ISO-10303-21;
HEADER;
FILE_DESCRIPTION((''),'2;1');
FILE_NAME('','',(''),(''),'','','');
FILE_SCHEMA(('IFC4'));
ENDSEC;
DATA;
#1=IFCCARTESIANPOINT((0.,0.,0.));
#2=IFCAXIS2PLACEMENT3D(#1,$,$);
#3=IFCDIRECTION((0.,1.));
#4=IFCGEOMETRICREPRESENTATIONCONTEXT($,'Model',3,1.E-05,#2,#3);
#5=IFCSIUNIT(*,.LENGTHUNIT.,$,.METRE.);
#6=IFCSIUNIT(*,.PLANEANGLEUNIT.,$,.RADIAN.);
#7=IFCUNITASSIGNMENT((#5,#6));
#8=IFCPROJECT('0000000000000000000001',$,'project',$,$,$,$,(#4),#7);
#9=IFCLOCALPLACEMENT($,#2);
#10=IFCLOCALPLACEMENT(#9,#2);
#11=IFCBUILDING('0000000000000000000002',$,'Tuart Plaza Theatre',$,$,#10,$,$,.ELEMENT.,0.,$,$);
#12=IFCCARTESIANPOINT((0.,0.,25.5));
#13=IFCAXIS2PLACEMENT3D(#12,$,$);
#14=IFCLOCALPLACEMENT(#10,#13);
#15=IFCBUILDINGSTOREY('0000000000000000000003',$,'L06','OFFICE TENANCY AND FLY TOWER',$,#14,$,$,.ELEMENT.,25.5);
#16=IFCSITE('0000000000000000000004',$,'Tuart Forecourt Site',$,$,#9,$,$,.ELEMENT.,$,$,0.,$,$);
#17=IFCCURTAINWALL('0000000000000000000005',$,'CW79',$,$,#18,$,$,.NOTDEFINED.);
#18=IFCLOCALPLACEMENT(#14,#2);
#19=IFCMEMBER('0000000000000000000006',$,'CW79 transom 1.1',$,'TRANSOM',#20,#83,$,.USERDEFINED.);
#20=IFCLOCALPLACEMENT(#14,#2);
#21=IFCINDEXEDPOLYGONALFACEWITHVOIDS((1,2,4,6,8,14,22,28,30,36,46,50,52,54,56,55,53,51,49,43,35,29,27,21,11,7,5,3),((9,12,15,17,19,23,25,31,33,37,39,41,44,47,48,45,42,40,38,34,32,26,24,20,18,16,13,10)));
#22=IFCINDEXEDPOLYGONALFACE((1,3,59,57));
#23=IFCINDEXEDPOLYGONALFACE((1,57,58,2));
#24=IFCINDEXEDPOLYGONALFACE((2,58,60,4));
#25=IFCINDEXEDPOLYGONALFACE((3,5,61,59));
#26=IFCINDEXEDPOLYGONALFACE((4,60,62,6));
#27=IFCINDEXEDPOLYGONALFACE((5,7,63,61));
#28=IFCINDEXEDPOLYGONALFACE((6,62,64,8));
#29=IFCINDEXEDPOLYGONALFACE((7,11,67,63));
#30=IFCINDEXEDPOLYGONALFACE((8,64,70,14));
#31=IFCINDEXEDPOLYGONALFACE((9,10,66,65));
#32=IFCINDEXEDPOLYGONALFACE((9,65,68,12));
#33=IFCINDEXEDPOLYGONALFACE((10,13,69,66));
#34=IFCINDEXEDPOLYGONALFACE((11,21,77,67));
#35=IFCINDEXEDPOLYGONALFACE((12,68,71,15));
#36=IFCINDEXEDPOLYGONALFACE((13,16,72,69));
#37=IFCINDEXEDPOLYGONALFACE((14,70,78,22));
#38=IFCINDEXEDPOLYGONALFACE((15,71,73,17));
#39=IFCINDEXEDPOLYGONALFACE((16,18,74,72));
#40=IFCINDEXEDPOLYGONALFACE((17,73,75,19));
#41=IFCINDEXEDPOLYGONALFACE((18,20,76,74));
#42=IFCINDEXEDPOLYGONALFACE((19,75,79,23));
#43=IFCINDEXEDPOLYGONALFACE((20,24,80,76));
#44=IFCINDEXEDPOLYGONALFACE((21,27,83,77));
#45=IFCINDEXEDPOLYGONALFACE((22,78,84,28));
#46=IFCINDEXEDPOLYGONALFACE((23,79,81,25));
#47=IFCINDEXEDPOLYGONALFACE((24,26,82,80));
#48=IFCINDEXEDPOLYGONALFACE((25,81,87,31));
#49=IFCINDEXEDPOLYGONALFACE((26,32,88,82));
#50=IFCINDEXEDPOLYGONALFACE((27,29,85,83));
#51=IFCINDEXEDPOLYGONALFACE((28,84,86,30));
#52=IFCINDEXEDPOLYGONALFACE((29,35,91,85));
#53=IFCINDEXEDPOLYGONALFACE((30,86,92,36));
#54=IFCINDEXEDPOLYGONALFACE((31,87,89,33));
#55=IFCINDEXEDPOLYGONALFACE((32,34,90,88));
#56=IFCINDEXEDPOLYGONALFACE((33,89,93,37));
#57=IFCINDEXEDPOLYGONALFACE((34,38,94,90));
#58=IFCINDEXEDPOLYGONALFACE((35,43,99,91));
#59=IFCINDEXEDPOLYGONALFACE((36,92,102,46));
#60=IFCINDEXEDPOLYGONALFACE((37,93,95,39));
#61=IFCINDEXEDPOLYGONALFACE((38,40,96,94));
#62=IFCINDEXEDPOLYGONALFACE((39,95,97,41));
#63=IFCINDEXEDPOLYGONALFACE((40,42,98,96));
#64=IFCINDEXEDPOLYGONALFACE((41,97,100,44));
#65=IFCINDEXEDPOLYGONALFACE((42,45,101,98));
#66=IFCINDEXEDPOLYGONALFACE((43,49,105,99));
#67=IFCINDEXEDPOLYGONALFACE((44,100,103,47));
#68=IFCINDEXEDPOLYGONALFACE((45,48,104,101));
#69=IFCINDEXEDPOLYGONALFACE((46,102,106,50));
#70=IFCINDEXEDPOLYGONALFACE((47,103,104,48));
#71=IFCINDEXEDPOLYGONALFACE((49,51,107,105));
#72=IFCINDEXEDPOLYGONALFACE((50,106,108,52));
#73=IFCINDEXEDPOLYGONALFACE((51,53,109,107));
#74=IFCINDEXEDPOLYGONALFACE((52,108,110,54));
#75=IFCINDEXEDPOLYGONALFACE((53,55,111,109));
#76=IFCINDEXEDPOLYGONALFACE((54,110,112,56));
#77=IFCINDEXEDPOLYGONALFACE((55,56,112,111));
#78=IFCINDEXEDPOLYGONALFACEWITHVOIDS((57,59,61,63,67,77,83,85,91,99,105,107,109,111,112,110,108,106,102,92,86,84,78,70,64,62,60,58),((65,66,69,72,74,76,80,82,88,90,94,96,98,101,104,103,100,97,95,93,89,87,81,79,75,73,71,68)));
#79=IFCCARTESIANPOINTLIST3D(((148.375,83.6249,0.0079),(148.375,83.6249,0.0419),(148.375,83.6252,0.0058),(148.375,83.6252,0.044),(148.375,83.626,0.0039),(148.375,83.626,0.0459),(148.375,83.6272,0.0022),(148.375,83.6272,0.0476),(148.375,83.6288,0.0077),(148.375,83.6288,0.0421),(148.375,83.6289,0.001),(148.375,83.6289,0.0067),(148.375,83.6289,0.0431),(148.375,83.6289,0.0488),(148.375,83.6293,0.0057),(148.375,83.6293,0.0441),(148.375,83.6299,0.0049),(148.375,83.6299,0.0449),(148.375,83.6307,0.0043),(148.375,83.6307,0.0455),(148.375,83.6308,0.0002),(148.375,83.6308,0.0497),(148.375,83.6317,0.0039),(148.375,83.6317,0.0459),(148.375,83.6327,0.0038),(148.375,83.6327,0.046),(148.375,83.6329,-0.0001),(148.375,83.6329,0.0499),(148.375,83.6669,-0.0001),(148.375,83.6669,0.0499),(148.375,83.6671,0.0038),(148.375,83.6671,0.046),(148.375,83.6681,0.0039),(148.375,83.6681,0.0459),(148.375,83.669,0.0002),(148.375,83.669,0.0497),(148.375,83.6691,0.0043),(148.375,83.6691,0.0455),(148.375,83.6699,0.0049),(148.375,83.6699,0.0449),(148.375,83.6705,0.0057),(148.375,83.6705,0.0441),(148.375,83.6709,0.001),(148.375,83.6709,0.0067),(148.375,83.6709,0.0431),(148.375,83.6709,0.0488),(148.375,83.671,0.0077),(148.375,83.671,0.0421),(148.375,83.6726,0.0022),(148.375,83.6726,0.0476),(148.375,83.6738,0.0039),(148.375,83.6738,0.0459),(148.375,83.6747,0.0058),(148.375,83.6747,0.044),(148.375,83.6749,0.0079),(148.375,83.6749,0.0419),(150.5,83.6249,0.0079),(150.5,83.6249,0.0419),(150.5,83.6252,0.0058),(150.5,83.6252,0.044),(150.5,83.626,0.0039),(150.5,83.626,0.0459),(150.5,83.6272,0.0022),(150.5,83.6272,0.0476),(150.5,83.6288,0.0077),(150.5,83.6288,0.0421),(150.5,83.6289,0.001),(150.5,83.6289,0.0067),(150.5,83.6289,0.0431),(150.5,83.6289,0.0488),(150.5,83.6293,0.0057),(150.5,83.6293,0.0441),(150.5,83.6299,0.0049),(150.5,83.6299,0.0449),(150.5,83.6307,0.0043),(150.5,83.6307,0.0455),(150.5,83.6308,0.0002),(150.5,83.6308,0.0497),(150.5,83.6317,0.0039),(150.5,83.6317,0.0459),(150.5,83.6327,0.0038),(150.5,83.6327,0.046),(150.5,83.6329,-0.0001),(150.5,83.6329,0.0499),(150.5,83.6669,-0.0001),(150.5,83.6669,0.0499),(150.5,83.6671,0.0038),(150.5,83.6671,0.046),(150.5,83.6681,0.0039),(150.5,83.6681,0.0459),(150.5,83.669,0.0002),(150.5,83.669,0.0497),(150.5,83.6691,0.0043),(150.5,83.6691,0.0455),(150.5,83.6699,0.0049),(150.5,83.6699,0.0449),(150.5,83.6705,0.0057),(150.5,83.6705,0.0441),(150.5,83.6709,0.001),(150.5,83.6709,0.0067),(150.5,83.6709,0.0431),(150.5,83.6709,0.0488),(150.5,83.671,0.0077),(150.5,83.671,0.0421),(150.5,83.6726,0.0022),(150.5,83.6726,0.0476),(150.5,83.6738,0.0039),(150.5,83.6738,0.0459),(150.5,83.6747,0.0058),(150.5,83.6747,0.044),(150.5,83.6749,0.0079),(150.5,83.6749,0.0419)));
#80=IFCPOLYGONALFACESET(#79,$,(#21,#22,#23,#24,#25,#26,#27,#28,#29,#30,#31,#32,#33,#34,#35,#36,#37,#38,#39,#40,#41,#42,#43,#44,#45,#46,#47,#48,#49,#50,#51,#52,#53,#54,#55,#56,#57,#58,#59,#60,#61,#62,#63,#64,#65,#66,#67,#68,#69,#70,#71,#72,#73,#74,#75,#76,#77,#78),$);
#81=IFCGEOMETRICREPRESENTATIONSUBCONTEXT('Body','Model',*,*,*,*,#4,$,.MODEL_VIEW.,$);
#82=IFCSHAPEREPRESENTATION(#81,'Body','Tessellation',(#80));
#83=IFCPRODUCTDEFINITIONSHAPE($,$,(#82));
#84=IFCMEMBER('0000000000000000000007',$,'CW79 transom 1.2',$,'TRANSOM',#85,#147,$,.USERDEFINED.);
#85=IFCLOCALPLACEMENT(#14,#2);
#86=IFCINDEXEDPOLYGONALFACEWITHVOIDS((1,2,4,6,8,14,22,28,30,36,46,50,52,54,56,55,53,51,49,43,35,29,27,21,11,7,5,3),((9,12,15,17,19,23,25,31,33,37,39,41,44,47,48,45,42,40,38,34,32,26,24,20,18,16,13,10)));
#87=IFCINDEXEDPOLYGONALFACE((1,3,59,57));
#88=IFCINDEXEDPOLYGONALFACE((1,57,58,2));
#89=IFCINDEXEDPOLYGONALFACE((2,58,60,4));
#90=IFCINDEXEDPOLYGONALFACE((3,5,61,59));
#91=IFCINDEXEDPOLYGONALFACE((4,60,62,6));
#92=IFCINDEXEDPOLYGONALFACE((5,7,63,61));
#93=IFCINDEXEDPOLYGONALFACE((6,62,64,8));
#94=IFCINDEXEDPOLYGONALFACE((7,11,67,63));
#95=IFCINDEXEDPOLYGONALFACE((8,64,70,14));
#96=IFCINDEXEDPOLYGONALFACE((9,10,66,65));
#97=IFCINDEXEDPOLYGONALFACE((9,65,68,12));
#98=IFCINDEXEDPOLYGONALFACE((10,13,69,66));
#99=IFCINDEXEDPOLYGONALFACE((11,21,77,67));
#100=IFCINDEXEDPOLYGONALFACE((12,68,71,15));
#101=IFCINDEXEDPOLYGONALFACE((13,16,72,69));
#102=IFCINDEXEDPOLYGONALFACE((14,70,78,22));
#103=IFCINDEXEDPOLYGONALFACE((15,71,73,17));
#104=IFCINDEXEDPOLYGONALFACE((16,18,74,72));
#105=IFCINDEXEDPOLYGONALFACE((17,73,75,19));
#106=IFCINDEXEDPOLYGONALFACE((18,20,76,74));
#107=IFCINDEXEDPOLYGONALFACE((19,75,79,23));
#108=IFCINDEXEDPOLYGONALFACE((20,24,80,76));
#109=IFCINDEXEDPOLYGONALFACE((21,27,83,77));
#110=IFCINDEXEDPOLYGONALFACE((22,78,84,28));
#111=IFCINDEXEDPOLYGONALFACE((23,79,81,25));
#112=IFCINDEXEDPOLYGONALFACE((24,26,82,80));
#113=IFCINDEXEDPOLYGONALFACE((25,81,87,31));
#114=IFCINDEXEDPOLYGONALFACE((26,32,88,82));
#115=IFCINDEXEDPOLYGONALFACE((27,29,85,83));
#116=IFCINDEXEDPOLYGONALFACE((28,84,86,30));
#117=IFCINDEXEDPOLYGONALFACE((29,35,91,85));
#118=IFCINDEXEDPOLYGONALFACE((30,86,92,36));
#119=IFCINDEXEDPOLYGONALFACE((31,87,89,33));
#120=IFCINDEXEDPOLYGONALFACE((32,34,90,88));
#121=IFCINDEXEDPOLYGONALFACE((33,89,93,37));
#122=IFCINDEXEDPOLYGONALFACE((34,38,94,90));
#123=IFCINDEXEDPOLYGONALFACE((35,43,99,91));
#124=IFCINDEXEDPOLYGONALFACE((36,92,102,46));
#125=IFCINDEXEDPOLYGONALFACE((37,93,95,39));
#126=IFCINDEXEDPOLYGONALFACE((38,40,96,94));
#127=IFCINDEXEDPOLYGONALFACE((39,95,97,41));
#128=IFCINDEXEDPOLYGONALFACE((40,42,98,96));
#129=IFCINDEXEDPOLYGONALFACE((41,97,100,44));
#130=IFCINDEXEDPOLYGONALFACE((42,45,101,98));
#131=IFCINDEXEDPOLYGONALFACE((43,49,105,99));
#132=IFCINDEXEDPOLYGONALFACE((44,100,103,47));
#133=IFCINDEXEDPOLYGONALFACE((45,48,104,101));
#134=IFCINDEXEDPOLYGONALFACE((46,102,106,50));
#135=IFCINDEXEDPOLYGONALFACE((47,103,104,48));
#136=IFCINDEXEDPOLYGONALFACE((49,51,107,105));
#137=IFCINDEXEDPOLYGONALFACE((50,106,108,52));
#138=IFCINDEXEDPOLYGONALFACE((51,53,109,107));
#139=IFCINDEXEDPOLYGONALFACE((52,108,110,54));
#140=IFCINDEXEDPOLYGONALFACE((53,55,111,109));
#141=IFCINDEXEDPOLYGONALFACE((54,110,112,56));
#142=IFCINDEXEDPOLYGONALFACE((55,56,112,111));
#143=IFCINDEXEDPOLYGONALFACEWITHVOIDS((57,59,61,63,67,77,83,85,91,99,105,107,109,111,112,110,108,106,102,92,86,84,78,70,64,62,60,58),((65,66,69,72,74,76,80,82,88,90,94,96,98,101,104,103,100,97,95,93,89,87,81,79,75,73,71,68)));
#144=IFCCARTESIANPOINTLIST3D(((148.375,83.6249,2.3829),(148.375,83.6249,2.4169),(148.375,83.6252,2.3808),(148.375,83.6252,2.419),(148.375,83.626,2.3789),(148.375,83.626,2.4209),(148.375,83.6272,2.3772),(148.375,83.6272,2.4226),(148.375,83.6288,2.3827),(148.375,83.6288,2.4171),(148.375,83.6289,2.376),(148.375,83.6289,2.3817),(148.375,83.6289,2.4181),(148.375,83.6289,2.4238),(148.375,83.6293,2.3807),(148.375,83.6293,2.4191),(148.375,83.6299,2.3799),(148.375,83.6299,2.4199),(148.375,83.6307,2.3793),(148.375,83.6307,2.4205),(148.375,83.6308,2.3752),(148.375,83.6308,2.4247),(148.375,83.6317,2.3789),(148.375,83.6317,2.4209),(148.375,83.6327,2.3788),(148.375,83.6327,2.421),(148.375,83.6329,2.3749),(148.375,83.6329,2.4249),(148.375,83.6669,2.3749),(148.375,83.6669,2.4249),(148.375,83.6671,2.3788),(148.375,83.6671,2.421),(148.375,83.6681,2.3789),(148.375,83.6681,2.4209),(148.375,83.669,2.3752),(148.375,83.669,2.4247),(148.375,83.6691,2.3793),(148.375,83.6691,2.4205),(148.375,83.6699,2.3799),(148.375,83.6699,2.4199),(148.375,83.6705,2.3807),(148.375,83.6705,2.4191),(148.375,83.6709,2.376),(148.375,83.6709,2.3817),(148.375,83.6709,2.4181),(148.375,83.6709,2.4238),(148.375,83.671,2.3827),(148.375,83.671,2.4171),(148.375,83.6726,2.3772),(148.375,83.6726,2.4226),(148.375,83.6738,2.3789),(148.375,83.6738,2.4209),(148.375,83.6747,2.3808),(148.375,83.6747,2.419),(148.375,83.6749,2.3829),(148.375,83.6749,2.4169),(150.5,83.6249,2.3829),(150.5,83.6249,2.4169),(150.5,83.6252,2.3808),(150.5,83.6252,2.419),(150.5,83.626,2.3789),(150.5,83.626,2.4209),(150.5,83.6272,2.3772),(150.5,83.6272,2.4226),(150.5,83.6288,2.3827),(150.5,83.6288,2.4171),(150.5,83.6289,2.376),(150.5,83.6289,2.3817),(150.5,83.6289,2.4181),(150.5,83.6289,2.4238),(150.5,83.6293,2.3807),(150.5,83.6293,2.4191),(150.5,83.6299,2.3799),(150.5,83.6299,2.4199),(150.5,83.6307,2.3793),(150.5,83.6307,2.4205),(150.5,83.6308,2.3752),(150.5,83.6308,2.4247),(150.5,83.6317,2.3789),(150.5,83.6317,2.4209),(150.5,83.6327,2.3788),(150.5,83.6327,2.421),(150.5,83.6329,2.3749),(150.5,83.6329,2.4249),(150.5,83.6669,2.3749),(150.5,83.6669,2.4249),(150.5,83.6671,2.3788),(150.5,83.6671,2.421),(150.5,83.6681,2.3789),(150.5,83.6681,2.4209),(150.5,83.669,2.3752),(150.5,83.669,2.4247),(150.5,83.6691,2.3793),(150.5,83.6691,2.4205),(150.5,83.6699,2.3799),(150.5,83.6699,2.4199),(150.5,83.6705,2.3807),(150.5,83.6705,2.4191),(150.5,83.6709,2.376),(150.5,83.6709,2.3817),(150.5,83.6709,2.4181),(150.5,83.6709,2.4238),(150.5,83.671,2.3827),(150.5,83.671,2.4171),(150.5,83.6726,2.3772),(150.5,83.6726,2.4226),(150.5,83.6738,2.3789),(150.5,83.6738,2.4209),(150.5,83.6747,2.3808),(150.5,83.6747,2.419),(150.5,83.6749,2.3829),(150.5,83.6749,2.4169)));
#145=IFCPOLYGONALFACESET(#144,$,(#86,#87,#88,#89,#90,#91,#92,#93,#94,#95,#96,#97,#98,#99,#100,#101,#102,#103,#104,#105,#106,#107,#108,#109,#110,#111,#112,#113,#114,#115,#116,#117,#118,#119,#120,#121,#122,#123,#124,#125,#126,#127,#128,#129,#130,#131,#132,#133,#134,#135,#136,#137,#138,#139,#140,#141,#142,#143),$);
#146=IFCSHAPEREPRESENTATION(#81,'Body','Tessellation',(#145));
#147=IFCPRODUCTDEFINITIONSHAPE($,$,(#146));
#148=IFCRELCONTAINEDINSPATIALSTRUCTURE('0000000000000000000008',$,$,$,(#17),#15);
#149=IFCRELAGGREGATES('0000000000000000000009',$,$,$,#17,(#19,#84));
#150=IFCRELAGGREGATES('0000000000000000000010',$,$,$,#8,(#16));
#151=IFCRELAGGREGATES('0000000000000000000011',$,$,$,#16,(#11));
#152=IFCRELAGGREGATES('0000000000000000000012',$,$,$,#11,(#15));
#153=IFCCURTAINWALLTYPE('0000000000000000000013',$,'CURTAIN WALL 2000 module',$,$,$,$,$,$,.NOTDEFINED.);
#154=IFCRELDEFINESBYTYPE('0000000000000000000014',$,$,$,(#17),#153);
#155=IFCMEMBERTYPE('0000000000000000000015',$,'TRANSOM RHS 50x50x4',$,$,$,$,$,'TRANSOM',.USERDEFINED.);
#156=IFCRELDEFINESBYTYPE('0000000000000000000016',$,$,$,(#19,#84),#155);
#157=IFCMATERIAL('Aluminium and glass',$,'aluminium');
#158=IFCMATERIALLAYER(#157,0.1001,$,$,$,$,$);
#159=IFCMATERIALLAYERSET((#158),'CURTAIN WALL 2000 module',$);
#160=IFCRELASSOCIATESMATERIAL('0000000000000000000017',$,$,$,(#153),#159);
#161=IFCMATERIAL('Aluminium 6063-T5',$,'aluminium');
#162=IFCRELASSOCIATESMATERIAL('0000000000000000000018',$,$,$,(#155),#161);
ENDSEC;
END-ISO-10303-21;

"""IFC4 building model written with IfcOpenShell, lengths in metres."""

from ifc_helpers import new_model, si_unit, direction, frame, origin, origin_2d, place, context, subcontext, project, spatial, hollow_rectangle, extrude, material, layer, layer_set, material_profile, profile_set, type_object, element, aggregate, save


model = new_model("IFC4")

# Units and contexts
model_context = context("Model", 3, precision=1e-05, world=origin(), true_north=direction((0.0, 1.0)))
body_context = subcontext(model_context, "Body", "Model", "MODEL_VIEW")
ifc_project = project(units=[si_unit("LENGTHUNIT", "METRE"), si_unit("PLANEANGLEUNIT", "RADIAN")], contexts=[model_context])

# Site, building, storey
site_placement = place(None, origin())
site = spatial("IfcSite", under=ifc_project, at=site_placement, Name="Tuart Forecourt Site", CompositionType="ELEMENT", RefElevation=0.0)
building_placement = place(site_placement, origin())
building = spatial("IfcBuilding", under=site, at=building_placement, Name="Tuart Plaza Theatre", CompositionType="ELEMENT", ElevationOfRefHeight=0.0)
storey_placement = place(building_placement, frame((0.0, 0.0, 25.5)))
storey = spatial("IfcBuildingStorey", under=building, at=storey_placement, Name="L06", Description="OFFICE TENANCY AND FLY TOWER", CompositionType="ELEMENT", Elevation=25.5)

# Shared definitions
ifc_material_1 = material(Name="Aluminium and glass", Category="aluminium")
ifc_layer_1 = layer(ifc_material_1, 0.1001)
ifc_layer_set_1 = layer_set([ifc_layer_1], Name="CURTAIN WALL 2000 module")
curtain_wall_type = type_object("IfcCurtainWallType", Name="CURTAIN WALL 2000 module", PredefinedType="NOTDEFINED", material=ifc_layer_set_1)

# Curtain wall
curtain_wall_1_placement = place(storey_placement, origin())
curtain_wall_1 = element("IfcCurtainWall", 1, at=curtain_wall_1_placement, inside=storey, type_object=curtain_wall_type, Name="CW79", PredefinedType="NOTDEFINED")

# Members
ifc_material_2 = material(Name="Aluminium 6063-T5", Category="aluminium")
ifc_material_profile_1 = material_profile(ifc_material_2, hollow_rectangle(XDim=0.05, YDim=0.05, WallThickness=0.0039, InnerFilletRadius=0.0039, OuterFilletRadius=0.0081, at=origin_2d()), Name="RHS 50x50x4")
ifc_profile_set_1 = profile_set([ifc_material_profile_1], Name="Aluminium 6063-T5")
member_type_1 = type_object("IfcMemberType", Name="TRANSOM RHS 50x50x4", ElementType="TRANSOM", PredefinedType="USERDEFINED", material=ifc_profile_set_1)
member_1_placement = place(storey_placement, frame((150.5, 83.6499, 0.0249), z_axis=(-1.0, 0.0, 0.0), x_axis=(0.0, -1.0, 0.0)))
member_1 = element("IfcMember", 2, at=member_1_placement, type_object=member_type_1, Name="CW79 transom 1.1", ObjectType="TRANSOM", PredefinedType="USERDEFINED", context=body_context, shape_type="SweptSolid", body=[
    extrude(hollow_rectangle(XDim=0.05, YDim=0.05, WallThickness=0.0039, InnerFilletRadius=0.0039, OuterFilletRadius=0.0081, at=origin_2d()), origin(), (0.0, 0.0, 1.0), 2.125),
])
member_2_placement = place(storey_placement, frame((150.5, 83.6499, 2.3999), z_axis=(-1.0, 0.0, 0.0), x_axis=(0.0, -1.0, 0.0)))
member_2 = element("IfcMember", 3, at=member_2_placement, type_object=member_type_1, Name="CW79 transom 1.2", ObjectType="TRANSOM", PredefinedType="USERDEFINED", context=body_context, shape_type="SweptSolid", body=[
    extrude(hollow_rectangle(XDim=0.05, YDim=0.05, WallThickness=0.0039, InnerFilletRadius=0.0039, OuterFilletRadius=0.0081, at=origin_2d()), origin(), (0.0, 0.0, 1.0), 2.125),
])

aggregate(curtain_wall_1, [member_1, member_2])

save(model, "model.ifc")
